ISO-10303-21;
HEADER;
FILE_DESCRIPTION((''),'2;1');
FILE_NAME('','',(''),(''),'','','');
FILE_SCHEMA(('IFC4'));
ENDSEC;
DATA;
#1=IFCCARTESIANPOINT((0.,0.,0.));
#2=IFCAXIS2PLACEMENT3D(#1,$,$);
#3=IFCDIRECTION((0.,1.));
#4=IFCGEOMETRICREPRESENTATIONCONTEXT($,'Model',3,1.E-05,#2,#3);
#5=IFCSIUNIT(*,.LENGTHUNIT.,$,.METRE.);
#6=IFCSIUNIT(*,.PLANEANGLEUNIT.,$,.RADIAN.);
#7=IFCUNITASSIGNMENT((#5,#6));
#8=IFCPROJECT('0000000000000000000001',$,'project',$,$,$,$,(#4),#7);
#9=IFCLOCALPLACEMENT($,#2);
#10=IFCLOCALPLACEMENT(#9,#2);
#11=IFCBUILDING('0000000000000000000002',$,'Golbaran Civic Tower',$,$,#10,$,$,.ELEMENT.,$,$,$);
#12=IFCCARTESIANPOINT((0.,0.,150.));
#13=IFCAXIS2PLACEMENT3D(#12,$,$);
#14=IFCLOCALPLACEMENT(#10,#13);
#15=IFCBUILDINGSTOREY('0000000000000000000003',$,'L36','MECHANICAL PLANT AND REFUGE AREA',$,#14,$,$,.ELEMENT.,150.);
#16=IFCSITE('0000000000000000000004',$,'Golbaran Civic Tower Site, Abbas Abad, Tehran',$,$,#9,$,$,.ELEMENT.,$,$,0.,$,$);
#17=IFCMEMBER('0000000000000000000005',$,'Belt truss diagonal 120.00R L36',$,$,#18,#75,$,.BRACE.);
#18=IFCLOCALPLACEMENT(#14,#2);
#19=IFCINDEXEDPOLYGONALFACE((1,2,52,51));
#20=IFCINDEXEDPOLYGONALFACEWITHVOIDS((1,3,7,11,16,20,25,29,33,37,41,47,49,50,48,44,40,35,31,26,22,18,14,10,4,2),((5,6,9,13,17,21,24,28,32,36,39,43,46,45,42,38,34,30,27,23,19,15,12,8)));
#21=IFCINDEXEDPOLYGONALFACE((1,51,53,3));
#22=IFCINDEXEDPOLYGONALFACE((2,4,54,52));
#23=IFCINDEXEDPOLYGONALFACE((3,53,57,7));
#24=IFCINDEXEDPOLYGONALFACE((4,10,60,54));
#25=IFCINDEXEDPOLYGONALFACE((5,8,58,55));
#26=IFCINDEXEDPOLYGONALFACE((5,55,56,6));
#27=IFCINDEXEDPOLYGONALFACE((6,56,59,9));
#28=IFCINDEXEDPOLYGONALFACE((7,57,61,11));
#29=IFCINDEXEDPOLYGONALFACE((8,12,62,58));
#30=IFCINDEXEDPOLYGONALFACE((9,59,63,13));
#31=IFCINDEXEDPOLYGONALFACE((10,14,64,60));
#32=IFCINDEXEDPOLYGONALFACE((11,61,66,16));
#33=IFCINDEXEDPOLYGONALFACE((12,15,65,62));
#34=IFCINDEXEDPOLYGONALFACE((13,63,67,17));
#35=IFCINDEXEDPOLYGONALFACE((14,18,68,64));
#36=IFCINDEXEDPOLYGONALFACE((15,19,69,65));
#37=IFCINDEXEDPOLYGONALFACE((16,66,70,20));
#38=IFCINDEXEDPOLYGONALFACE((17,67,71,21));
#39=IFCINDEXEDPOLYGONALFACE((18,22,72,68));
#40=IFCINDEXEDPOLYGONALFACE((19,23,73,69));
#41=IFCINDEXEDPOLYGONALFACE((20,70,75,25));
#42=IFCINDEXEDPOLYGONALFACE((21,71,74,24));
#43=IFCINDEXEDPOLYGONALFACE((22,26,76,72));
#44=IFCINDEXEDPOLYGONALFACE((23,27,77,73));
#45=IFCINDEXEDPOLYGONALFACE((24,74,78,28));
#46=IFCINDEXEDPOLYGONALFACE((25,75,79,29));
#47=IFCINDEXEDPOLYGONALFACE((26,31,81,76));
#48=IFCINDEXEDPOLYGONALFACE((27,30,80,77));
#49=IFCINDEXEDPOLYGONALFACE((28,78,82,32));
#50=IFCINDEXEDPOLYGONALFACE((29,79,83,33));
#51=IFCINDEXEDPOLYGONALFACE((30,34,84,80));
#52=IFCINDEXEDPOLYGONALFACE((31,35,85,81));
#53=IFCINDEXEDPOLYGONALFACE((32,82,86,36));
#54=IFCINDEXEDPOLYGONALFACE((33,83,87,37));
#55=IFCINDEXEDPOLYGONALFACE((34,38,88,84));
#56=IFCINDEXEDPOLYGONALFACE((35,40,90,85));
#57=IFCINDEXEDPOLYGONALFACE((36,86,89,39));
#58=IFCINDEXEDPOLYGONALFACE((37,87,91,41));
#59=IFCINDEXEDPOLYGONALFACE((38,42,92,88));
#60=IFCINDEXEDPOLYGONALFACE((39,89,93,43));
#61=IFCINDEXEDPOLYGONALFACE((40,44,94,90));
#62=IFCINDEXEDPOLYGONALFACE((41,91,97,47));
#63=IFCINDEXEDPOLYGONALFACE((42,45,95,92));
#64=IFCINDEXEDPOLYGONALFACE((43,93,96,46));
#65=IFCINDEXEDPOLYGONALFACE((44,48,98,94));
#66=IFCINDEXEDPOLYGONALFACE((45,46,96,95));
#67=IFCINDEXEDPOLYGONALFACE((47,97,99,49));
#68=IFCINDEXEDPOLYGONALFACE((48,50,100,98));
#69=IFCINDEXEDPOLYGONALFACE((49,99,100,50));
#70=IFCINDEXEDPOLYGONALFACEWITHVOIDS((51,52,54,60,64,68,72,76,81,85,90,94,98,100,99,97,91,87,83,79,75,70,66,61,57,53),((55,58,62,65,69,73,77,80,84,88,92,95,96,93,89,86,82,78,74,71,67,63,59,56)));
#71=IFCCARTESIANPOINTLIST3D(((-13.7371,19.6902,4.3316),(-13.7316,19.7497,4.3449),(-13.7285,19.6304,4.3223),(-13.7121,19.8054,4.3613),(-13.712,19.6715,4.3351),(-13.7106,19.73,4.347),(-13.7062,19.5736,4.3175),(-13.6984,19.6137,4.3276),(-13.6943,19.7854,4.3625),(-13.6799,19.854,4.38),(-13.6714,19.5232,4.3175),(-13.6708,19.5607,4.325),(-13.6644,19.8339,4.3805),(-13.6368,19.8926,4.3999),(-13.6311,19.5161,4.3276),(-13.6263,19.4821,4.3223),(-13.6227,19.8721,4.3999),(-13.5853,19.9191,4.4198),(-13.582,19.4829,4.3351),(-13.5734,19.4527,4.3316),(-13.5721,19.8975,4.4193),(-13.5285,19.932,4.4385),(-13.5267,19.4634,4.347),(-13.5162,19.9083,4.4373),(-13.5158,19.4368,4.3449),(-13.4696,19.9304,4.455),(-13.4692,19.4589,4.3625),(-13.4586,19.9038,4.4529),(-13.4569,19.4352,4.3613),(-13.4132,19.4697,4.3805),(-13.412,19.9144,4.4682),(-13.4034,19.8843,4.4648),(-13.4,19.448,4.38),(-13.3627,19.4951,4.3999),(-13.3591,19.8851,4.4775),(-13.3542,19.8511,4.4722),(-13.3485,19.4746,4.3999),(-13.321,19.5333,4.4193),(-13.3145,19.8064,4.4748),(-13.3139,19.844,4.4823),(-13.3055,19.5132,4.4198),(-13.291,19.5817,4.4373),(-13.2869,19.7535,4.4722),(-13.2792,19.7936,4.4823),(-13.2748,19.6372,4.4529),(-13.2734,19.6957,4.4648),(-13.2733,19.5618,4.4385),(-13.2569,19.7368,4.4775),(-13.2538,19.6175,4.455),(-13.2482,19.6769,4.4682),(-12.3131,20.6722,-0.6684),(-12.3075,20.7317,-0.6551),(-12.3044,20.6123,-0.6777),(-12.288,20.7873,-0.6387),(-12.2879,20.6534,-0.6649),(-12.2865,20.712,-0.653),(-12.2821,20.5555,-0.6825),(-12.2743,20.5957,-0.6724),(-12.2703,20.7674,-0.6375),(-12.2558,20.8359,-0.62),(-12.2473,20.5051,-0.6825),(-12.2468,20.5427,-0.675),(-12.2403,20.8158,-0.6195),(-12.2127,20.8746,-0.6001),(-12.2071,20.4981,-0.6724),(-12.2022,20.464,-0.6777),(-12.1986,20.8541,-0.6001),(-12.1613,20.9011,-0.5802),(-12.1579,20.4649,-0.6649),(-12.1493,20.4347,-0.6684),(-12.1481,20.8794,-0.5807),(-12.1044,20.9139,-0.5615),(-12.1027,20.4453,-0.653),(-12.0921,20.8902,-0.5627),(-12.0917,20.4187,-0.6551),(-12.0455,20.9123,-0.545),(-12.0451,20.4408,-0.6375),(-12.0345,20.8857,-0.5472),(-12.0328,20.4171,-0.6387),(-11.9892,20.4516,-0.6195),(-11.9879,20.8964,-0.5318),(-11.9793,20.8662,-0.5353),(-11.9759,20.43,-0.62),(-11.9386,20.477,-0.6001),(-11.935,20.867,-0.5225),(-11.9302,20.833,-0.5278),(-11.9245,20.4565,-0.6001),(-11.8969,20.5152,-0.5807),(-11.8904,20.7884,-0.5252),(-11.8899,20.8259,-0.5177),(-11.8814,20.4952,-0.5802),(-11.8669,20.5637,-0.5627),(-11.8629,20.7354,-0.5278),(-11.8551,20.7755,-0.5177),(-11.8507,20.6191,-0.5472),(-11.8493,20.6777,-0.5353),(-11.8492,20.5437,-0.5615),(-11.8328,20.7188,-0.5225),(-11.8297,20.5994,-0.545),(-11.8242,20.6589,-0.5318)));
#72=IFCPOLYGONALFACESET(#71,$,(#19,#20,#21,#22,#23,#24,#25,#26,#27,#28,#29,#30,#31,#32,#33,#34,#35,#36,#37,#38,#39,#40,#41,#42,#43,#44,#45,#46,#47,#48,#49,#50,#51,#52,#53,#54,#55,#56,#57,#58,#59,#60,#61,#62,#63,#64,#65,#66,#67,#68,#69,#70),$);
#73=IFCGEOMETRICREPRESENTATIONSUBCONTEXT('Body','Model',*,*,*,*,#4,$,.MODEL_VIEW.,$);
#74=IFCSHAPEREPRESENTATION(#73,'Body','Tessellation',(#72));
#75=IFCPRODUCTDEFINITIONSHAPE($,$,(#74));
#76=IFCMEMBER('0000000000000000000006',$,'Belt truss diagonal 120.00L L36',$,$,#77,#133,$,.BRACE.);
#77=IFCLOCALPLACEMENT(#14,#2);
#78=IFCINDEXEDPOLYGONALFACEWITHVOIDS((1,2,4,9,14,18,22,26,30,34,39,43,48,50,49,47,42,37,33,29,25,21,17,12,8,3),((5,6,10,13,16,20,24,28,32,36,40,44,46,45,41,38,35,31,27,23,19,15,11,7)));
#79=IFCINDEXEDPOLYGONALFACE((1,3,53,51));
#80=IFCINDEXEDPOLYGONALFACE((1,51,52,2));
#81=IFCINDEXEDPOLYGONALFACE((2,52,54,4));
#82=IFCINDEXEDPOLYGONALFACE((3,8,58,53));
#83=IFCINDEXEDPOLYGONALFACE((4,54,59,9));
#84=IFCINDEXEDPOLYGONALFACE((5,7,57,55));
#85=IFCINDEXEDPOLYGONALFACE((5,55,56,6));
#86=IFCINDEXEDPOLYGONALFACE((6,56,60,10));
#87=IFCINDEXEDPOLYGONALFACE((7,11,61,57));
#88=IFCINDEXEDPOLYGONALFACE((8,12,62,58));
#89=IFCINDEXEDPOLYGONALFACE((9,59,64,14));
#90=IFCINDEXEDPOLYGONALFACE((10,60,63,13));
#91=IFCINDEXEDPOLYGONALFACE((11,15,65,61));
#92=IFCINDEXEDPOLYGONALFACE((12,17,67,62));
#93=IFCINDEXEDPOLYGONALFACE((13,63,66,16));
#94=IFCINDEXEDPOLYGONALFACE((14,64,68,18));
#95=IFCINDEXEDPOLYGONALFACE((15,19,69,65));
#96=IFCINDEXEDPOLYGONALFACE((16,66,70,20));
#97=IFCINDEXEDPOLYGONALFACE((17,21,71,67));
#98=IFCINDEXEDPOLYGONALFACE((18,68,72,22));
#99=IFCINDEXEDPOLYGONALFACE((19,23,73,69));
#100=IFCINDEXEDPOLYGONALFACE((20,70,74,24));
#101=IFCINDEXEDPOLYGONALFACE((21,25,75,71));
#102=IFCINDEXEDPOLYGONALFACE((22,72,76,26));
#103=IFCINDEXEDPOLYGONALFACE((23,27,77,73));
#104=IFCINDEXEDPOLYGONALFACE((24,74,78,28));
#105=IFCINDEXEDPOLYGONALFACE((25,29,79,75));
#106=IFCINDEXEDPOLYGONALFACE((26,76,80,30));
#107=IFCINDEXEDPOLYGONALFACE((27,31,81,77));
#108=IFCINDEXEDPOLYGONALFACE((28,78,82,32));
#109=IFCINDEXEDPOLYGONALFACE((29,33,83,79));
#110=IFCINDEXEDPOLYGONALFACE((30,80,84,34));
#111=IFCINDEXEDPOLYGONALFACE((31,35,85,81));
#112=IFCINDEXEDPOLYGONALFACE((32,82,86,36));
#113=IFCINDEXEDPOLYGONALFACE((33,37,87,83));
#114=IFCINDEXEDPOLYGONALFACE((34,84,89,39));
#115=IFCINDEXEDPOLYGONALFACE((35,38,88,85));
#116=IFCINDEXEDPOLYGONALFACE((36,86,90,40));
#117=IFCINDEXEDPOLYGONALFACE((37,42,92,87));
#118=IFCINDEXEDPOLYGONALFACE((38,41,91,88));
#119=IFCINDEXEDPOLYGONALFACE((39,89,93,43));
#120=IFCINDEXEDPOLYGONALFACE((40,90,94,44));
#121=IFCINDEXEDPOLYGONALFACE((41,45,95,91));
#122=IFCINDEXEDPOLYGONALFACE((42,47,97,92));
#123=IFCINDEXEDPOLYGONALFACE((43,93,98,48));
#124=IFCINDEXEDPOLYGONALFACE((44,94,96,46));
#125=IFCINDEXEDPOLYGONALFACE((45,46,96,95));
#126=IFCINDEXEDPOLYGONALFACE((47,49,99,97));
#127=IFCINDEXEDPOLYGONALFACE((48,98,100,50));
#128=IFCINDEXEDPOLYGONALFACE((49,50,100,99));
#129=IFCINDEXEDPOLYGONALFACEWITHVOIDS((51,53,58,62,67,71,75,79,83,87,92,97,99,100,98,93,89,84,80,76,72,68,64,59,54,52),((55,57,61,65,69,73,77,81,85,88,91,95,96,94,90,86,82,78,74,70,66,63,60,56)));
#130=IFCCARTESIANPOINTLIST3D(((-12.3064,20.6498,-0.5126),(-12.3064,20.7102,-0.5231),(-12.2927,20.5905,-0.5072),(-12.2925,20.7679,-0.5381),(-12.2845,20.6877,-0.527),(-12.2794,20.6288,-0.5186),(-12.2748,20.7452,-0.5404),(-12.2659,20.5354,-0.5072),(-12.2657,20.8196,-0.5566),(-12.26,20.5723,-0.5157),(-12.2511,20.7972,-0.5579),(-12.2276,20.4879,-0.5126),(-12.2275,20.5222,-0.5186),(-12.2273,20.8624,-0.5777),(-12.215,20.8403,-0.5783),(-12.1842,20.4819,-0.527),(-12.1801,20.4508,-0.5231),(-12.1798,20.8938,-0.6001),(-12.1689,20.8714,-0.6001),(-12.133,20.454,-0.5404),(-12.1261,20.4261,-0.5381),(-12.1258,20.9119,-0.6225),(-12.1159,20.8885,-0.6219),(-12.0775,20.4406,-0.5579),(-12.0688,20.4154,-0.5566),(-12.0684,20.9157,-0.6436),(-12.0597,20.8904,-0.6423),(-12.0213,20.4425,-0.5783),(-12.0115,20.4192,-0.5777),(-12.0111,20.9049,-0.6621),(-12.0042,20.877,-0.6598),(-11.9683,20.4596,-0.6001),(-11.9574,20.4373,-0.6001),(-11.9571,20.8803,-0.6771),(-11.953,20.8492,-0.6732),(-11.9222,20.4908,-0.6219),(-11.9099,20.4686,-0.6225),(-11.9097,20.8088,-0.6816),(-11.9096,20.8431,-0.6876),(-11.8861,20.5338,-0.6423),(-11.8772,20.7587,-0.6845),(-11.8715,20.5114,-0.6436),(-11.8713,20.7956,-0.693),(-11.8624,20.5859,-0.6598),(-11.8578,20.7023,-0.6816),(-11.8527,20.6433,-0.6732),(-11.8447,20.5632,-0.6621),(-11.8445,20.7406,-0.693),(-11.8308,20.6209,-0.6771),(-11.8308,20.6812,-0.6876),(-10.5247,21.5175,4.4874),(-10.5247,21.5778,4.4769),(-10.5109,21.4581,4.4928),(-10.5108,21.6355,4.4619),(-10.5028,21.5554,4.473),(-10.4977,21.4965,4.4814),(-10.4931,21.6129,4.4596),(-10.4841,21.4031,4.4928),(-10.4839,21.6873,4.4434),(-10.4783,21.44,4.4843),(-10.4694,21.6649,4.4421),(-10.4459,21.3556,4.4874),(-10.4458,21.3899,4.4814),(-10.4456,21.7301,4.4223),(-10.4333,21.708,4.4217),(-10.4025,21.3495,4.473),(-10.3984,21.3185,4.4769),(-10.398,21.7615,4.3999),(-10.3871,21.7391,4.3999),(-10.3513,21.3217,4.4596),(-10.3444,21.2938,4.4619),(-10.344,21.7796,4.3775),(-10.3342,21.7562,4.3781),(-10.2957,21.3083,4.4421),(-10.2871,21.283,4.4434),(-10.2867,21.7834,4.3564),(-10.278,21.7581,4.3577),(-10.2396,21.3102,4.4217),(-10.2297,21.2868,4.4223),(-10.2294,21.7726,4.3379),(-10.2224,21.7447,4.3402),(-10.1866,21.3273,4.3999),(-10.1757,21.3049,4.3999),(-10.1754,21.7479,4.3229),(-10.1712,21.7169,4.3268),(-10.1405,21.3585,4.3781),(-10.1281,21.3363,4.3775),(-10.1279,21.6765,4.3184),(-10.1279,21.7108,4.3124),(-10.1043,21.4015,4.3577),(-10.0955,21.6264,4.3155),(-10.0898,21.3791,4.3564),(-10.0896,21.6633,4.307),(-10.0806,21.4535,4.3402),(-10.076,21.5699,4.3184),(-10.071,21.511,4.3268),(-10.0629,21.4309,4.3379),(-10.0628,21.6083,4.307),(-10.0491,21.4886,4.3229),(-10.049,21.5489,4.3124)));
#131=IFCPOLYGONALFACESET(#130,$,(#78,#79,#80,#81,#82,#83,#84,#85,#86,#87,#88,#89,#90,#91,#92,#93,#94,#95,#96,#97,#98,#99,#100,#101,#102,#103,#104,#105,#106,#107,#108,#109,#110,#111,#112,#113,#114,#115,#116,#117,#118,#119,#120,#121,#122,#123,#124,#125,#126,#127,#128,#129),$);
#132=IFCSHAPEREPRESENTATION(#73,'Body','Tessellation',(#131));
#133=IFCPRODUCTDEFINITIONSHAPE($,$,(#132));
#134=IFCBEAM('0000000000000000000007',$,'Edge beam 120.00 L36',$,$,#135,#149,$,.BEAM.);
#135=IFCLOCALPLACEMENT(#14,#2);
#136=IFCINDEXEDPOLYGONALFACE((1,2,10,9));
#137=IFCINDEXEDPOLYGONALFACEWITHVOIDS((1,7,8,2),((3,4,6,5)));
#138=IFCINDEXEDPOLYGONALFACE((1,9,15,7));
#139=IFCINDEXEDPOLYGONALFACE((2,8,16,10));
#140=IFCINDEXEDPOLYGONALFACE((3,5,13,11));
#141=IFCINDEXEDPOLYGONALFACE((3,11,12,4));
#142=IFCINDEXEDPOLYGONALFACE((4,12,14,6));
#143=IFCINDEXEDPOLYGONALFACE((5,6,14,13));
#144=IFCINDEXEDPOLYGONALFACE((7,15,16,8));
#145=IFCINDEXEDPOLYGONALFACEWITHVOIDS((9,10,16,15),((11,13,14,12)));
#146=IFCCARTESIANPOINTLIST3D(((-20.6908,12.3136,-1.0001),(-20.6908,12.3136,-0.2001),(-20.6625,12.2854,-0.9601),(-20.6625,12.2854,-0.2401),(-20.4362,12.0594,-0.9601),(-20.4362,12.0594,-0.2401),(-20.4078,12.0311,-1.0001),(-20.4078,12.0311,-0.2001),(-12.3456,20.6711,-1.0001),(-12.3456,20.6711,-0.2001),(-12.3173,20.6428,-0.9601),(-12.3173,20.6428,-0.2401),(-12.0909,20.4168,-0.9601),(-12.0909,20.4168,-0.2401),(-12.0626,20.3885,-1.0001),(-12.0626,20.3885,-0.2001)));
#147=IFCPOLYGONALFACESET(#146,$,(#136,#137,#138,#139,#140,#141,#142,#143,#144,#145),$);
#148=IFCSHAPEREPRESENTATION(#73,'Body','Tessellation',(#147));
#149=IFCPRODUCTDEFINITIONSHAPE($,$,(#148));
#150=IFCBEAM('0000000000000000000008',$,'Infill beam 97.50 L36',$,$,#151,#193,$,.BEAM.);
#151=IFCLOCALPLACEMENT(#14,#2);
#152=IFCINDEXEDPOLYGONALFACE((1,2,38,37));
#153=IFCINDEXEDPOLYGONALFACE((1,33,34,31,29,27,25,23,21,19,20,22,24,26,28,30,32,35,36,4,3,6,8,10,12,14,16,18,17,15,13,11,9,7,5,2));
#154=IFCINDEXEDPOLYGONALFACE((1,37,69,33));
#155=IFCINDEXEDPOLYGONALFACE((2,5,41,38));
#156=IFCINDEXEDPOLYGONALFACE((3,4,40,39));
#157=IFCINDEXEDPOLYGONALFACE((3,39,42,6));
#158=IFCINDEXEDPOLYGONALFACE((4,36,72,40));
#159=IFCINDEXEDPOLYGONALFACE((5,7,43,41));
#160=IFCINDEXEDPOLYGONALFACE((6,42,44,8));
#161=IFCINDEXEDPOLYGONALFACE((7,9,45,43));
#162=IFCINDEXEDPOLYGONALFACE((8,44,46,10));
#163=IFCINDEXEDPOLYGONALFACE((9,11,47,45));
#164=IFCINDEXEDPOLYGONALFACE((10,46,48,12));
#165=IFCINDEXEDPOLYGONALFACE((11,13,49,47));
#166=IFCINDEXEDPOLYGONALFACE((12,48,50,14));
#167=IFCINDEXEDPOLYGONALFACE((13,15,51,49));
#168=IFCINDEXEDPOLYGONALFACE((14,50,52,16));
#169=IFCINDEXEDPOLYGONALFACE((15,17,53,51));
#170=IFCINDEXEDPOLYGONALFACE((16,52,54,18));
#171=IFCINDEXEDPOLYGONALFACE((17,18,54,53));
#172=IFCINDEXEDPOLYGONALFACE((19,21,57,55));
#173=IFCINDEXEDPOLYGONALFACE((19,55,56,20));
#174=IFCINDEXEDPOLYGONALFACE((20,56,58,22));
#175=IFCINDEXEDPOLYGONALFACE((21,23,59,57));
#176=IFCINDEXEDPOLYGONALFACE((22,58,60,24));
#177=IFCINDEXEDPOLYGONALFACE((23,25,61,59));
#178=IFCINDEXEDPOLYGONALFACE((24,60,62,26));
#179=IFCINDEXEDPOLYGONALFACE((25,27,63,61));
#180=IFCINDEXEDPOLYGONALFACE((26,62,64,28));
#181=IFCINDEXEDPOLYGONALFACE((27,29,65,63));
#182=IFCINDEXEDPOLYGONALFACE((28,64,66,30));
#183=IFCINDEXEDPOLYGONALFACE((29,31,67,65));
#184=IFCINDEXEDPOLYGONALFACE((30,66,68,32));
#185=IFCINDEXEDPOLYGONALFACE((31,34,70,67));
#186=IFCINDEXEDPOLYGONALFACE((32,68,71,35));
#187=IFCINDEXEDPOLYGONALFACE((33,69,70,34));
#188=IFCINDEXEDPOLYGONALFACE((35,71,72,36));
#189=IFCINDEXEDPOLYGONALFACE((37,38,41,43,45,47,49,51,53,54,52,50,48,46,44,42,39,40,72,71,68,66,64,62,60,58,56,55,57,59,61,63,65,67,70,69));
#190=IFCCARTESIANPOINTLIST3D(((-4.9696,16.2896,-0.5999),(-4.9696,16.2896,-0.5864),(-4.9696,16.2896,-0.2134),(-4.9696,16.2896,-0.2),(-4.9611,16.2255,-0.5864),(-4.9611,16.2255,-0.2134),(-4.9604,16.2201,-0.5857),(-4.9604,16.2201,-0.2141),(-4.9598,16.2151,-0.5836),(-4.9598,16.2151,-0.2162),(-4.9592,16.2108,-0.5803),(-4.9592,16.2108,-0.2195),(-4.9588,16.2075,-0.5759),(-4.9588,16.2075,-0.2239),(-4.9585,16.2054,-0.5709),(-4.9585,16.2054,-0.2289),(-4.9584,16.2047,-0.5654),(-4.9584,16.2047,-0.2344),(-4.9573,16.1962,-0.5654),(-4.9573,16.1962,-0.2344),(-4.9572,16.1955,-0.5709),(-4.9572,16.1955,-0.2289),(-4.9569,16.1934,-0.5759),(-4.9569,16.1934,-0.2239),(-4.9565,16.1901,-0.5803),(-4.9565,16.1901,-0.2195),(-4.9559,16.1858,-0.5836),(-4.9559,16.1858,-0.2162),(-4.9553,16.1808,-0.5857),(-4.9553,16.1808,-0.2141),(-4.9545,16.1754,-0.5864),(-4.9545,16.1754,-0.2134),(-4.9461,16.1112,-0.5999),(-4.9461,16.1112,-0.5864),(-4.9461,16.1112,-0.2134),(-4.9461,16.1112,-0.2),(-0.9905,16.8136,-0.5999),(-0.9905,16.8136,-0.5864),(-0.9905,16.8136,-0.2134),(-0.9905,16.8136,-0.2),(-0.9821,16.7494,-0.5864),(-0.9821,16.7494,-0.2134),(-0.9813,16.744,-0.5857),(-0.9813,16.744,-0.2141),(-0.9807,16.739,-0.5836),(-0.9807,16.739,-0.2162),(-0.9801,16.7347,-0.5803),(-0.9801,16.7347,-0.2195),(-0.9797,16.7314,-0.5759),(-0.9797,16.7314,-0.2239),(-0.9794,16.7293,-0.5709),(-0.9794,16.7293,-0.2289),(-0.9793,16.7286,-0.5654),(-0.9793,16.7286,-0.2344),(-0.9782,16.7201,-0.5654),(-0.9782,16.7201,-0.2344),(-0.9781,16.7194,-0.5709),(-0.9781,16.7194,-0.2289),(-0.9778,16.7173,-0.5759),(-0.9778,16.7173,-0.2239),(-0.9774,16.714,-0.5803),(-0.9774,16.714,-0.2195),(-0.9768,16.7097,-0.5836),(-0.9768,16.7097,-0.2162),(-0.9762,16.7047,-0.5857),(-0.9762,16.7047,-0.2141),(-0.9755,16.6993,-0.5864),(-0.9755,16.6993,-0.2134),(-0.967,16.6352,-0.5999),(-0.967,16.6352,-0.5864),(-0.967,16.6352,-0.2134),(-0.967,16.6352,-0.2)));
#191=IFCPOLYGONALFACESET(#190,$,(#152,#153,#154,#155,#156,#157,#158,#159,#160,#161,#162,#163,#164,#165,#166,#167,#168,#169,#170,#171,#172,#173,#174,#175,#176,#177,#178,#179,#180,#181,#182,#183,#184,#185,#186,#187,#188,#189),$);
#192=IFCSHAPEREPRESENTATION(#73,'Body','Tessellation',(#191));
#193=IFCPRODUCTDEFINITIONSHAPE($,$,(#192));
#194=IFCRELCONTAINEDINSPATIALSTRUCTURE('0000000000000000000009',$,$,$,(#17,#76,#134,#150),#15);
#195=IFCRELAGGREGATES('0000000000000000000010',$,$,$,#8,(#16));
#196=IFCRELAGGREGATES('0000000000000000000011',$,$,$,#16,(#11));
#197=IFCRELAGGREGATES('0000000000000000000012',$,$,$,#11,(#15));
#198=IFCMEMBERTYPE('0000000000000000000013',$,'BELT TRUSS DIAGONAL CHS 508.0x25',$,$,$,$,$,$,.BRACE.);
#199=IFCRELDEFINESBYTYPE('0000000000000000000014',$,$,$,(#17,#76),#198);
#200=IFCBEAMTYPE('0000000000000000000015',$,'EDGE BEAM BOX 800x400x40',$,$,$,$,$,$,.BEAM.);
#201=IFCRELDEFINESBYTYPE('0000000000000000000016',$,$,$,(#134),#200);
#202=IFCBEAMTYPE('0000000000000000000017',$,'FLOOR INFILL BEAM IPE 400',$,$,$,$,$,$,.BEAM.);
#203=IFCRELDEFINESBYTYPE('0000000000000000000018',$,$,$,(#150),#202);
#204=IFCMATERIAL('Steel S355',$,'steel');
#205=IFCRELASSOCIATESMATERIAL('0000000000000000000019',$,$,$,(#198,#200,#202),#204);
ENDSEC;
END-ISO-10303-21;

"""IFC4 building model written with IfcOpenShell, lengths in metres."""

from ifc_helpers import new_model, si_unit, direction, frame, origin, origin_2d, place, context, subcontext, project, spatial, hollow_rectangle, hollow_circle, i_section, extrude, material, material_profile, profile_set, type_object, element, save


model = new_model("IFC4")

# Units and contexts
model_context = context("Model", 3, precision=1e-05, world=origin(), true_north=direction((0.0, 1.0)))
body_context = subcontext(model_context, "Body", "Model", "MODEL_VIEW")
ifc_project = project(units=[si_unit("LENGTHUNIT", "METRE"), si_unit("PLANEANGLEUNIT", "RADIAN")], contexts=[model_context])

# Site, building, storey
site_placement = place(None, origin())
site = spatial("IfcSite", under=ifc_project, at=site_placement, Name="Golbaran Civic Tower Site, Abbas Abad, Tehran", CompositionType="ELEMENT", RefElevation=0.0)
building_placement = place(site_placement, origin())
building = spatial("IfcBuilding", under=site, at=building_placement, Name="Golbaran Civic Tower", CompositionType="ELEMENT")
storey_placement = place(building_placement, frame((0.0, 0.0, 150.0)))
storey = spatial("IfcBuildingStorey", under=building, at=storey_placement, Name="L36", Description="MECHANICAL PLANT AND REFUGE AREA", CompositionType="ELEMENT", Elevation=150.0)

# Members
ifc_material_1 = material(Name="Steel S355", Category="steel")
ifc_material_profile_1 = material_profile(ifc_material_1, hollow_circle(Radius=0.2539, WallThickness=0.0249, at=origin_2d()), Name="CHS 508.0x25")
ifc_profile_set_1 = profile_set([ifc_material_profile_1], Name="Steel S355")
member_type_1 = type_object("IfcMemberType", Name="BELT TRUSS DIAGONAL CHS 508.0x25", PredefinedType="BRACE", material=ifc_profile_set_1)
member_1_placement = place(storey_placement, frame((-12.0686, 20.6655, -0.6001), z_axis=(-0.269162, -0.185594, 0.945043), x_axis=(0.56766, -0.823263, 0.0)))
element("IfcMember", 1, at=member_1_placement, inside=storey, type_object=member_type_1, Name="Belt truss diagonal 120.00R L36", PredefinedType="BRACE", context=body_context, shape_type="SweptSolid", body=[
    extrude(hollow_circle(Radius=0.2539, WallThickness=0.0249, at=origin_2d()), origin(), (0.0, 0.0, 1.0), 5.2908),
])
member_2_placement = place(storey_placement, frame((-12.0686, 20.6655, -0.6001), z_axis=(0.331275, 0.161325, 0.92964), x_axis=(-0.437826, 0.89906, 0.0)))
element("IfcMember", 2, at=member_2_placement, inside=storey, type_object=member_type_1, Name="Belt truss diagonal 120.00L L36", PredefinedType="BRACE", context=body_context, shape_type="SweptSolid", body=[
    extrude(hollow_circle(Radius=0.2539, WallThickness=0.0249, at=origin_2d()), origin(), (0.0, 0.0, 1.0), 5.3784),
])

# Beams
ifc_material_profile_2 = material_profile(ifc_material_1, hollow_rectangle(XDim=0.3999, YDim=0.8, WallThickness=0.04, at=origin_2d()), Name="BOX 800x400x40")
ifc_profile_set_2 = profile_set([ifc_material_profile_2], Name="Steel S355")
beam_type_1 = type_object("IfcBeamType", Name="EDGE BEAM BOX 800x400x40", PredefinedType="BEAM", material=ifc_profile_set_2)
beam_1_placement = place(storey_placement, frame((-12.2041, 20.5298, -0.6001), z_axis=(-0.70659, -0.707623, 0.0), x_axis=(0.707623, -0.70659, 0.0)))
element("IfcBeam", 3, at=beam_1_placement, inside=storey, type_object=beam_type_1, Name="Edge beam 120.00 L36", PredefinedType="BEAM", context=body_context, shape_type="SweptSolid", body=[
    extrude(hollow_rectangle(XDim=0.3999, YDim=0.8, WallThickness=0.04, at=origin_2d()), origin(), (0.0, 0.0, 1.0), 11.8105),
])
ifc_material_profile_3 = material_profile(ifc_material_1, i_section(OverallWidth=0.1799, OverallDepth=0.3999, WebThickness=0.0085, FlangeThickness=0.0134, FilletRadius=0.021, at=origin_2d()), Name="IPE 400")
ifc_profile_set_3 = profile_set([ifc_material_profile_3], Name="Steel S355")
beam_type_2 = type_object("IfcBeamType", Name="FLOOR INFILL BEAM IPE 400", PredefinedType="BEAM", material=ifc_profile_set_3)
beam_2_placement = place(storey_placement, frame((-0.9788, 16.7244, -0.3999), z_axis=(-0.991442, -0.130546, 0.0), x_axis=(0.130546, -0.991442, 0.0)))
element("IfcBeam", 4, at=beam_2_placement, inside=storey, type_object=beam_type_2, Name="Infill beam 97.50 L36", PredefinedType="BEAM", context=body_context, shape_type="SweptSolid", body=[
    extrude(i_section(OverallWidth=0.1799, OverallDepth=0.3999, WebThickness=0.0085, FlangeThickness=0.0134, FilletRadius=0.021, at=origin_2d()), origin(), (0.0, 0.0, 1.0), 4.0134),
])

save(model, "model.ifc")
